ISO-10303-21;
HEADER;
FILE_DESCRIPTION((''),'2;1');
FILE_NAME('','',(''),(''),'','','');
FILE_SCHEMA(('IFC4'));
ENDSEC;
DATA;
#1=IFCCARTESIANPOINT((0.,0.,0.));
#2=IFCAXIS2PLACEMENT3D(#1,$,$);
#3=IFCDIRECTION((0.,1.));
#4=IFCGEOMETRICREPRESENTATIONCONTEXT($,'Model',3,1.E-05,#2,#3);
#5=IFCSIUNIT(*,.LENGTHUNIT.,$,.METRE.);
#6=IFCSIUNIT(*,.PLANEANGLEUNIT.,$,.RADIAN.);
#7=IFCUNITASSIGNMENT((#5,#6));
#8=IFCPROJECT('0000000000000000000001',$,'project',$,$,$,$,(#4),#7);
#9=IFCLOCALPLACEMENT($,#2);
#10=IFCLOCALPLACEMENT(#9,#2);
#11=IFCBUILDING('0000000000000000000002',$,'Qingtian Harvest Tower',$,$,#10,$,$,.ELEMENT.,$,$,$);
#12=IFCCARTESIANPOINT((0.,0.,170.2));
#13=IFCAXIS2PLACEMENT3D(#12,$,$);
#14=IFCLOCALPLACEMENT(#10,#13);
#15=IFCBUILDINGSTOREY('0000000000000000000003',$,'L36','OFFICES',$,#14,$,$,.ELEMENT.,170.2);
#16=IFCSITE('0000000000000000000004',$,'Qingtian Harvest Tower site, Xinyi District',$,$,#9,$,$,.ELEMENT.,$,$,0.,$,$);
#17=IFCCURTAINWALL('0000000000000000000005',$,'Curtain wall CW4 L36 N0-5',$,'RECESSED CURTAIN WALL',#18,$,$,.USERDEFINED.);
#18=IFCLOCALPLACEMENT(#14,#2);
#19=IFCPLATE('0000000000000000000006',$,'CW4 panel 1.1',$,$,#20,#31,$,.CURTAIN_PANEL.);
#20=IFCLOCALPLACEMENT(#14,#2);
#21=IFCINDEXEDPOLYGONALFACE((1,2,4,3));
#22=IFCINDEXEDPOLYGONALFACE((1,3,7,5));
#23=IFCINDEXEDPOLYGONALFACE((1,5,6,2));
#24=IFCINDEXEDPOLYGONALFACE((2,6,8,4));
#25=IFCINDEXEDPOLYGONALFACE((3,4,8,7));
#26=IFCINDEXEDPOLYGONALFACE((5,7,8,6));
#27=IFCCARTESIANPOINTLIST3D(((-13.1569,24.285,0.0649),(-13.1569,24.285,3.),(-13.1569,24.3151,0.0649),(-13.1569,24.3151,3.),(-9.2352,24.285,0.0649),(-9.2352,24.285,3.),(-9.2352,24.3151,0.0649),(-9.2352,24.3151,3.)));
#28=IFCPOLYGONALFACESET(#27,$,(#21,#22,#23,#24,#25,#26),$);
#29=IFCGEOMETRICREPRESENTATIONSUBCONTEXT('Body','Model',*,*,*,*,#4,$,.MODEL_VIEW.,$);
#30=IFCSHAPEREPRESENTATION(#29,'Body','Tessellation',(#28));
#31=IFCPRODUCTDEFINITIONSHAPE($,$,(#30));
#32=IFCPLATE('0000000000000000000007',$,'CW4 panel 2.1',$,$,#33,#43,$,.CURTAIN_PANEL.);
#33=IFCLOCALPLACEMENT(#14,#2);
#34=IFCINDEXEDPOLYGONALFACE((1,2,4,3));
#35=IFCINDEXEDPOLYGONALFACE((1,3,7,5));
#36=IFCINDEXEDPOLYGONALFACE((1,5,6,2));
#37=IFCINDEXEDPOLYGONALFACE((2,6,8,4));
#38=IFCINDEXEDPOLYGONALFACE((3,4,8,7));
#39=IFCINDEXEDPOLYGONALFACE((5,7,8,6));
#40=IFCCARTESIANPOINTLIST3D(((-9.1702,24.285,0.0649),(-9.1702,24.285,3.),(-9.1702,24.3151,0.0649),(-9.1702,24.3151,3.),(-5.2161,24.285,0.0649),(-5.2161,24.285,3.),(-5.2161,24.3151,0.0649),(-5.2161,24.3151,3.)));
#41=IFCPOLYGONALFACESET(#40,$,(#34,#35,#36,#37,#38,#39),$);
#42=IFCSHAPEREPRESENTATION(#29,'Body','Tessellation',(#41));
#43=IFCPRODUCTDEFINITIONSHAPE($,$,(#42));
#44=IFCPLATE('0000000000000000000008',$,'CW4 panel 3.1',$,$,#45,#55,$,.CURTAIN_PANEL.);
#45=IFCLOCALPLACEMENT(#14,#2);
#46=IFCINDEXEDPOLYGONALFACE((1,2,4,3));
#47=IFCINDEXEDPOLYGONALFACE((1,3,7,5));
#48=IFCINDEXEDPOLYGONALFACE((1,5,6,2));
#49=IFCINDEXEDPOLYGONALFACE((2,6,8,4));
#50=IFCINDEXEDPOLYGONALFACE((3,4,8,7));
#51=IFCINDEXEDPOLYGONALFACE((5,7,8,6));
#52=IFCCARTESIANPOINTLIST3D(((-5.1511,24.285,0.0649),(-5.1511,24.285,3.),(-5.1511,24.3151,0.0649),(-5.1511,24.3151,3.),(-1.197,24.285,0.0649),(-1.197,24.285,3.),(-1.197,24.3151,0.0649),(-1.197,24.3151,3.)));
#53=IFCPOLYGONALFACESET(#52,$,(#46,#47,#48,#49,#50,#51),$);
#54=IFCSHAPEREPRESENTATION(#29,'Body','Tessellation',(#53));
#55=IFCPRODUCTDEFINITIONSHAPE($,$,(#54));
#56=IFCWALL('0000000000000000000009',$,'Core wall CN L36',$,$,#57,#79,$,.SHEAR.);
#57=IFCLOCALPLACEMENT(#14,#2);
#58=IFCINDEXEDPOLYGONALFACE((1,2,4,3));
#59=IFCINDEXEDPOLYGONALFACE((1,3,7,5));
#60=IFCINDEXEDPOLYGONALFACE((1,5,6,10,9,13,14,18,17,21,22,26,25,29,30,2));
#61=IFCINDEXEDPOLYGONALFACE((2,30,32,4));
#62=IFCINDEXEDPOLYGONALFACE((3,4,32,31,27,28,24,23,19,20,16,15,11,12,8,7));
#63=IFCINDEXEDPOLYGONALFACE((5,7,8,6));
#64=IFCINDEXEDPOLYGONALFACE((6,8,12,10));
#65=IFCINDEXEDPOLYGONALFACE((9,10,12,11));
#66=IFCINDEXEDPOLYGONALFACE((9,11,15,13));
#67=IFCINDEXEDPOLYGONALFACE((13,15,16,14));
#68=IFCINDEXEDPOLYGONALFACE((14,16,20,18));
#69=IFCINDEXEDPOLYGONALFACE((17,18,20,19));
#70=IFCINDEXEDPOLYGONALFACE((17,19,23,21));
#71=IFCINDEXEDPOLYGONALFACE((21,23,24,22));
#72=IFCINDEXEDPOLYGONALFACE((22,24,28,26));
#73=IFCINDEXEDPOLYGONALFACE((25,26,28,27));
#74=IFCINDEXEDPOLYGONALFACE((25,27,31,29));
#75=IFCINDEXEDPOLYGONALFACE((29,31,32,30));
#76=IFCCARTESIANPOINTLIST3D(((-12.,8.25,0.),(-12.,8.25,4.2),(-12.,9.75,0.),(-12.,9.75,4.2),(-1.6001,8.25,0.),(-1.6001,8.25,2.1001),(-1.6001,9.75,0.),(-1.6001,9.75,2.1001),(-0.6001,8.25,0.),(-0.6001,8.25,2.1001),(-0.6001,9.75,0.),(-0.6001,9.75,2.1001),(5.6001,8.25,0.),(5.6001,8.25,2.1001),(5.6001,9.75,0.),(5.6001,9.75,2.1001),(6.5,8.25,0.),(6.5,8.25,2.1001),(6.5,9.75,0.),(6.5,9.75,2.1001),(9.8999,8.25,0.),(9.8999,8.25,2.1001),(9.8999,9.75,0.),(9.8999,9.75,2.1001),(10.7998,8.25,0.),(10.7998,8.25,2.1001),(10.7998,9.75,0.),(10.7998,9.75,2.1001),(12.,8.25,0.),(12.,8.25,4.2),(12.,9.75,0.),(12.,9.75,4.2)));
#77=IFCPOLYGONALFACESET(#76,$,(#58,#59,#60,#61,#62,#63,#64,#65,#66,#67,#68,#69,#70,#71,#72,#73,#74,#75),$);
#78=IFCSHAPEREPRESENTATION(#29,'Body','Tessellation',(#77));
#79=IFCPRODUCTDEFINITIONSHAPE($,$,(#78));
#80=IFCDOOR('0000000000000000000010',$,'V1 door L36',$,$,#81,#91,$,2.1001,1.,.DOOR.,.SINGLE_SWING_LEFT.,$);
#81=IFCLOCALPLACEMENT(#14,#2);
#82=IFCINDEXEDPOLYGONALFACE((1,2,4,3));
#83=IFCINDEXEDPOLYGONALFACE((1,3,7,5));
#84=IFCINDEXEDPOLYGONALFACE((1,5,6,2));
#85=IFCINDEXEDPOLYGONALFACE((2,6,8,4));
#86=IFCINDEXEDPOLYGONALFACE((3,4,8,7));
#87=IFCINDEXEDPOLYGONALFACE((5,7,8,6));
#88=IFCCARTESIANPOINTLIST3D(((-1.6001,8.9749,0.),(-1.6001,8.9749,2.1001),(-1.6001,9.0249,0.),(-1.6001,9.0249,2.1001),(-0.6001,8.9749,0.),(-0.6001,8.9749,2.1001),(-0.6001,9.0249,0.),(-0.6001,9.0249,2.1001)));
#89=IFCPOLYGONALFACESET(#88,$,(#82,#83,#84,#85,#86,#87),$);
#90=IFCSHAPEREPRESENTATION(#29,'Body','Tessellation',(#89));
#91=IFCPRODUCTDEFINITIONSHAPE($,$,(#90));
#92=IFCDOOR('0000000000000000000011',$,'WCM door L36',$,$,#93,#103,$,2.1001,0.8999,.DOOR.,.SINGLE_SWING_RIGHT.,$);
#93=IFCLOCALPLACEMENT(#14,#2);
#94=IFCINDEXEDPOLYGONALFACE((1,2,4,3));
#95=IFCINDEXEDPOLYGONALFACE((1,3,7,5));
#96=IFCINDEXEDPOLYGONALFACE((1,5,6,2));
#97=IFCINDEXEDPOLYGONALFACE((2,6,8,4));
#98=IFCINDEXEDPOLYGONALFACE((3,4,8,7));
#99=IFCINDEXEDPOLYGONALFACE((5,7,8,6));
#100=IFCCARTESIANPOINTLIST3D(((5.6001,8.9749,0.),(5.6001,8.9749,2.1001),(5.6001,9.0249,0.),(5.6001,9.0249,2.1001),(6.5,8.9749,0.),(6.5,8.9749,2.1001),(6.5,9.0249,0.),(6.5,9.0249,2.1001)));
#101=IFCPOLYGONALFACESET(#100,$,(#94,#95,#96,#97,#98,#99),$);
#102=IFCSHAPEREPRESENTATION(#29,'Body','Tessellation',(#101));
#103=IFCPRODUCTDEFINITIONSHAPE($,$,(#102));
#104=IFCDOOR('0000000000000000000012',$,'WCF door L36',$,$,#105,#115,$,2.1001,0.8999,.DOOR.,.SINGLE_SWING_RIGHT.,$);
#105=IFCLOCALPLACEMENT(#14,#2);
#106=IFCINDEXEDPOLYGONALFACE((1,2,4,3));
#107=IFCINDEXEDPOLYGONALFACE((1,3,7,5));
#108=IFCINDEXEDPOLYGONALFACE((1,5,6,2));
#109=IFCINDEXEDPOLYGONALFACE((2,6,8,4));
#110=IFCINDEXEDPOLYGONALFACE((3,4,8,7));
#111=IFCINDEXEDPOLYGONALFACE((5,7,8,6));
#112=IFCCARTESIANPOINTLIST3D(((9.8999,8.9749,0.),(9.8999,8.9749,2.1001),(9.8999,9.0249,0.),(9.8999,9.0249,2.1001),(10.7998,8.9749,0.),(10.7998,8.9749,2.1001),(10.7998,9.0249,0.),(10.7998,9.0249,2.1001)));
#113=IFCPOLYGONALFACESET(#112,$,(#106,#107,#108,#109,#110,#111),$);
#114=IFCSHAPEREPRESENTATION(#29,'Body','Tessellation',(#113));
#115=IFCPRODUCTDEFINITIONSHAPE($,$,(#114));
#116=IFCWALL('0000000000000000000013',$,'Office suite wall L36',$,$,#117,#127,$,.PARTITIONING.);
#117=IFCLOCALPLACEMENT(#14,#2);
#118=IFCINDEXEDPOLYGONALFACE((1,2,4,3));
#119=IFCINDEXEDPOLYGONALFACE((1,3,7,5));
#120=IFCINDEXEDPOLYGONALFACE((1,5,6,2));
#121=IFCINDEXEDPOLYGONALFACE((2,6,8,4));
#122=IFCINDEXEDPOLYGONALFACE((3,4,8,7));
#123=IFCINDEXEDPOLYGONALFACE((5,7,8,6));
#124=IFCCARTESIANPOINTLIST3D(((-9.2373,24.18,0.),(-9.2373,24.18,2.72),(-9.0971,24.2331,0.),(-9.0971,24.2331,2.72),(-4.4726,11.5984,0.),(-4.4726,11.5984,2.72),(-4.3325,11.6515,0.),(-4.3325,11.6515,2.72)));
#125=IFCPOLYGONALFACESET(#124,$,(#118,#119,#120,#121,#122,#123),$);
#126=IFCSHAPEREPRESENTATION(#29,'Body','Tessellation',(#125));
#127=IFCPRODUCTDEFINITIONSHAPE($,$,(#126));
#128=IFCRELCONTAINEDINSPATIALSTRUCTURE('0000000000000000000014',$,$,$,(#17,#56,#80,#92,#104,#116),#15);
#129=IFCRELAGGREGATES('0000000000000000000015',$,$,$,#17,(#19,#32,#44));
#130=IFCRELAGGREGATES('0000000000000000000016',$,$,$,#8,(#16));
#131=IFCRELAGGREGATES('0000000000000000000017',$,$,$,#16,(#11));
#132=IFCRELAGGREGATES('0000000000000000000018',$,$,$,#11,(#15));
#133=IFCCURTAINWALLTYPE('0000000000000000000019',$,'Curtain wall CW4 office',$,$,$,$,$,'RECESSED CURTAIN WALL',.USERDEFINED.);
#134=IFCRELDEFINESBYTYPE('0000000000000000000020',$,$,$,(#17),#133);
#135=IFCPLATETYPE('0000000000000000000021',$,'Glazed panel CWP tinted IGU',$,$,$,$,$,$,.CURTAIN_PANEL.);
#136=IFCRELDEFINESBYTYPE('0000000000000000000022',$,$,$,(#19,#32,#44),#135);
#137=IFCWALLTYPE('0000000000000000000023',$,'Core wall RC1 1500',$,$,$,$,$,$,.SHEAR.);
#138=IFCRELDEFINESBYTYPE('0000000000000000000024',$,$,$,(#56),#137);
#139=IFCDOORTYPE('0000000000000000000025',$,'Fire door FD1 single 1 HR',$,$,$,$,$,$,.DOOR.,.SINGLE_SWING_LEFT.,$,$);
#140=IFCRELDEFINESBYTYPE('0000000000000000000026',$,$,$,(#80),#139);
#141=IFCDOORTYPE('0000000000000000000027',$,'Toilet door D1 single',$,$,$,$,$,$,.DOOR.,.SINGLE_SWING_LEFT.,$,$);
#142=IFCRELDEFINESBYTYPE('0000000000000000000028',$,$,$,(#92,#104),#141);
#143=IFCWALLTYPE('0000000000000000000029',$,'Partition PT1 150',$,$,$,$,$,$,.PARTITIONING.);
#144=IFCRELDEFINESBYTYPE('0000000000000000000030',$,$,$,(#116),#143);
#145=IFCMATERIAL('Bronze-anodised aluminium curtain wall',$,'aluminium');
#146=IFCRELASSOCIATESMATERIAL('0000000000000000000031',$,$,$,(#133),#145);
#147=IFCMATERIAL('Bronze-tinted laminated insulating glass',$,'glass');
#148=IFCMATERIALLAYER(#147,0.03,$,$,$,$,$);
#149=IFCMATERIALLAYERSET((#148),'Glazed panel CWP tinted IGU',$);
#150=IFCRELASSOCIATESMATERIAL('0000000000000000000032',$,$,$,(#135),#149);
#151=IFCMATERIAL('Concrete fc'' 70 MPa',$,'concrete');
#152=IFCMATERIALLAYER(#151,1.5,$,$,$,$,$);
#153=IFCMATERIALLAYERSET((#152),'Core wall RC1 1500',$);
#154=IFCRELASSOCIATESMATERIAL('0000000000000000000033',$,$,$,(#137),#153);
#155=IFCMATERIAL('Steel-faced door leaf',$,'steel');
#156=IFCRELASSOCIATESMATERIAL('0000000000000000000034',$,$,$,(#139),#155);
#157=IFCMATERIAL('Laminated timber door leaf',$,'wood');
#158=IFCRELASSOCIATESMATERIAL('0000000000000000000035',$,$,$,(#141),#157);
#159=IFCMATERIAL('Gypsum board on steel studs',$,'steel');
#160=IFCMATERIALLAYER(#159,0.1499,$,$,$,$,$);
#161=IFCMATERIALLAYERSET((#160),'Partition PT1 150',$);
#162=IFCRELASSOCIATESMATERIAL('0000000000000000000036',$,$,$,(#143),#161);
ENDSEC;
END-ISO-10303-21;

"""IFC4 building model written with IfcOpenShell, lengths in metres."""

from ifc_helpers import new_model, si_unit, direction, frame, frame_2d, origin, origin_2d, place, context, subcontext, project, spatial, rectangle, extrude, material, layer, layer_set, type_object, element, fill, aggregate, save


model = new_model("IFC4")

# Units and contexts
model_context = context("Model", 3, precision=1e-05, world=origin(), true_north=direction((0.0, 1.0)))
body_context = subcontext(model_context, "Body", "Model", "MODEL_VIEW")
ifc_project = project(units=[si_unit("LENGTHUNIT", "METRE"), si_unit("PLANEANGLEUNIT", "RADIAN")], contexts=[model_context])

# Site, building, storey
site_placement = place(None, origin())
site = spatial("IfcSite", under=ifc_project, at=site_placement, Name="Qingtian Harvest Tower site, Xinyi District", CompositionType="ELEMENT", RefElevation=0.0)
building_placement = place(site_placement, origin())
building = spatial("IfcBuilding", under=site, at=building_placement, Name="Qingtian Harvest Tower", CompositionType="ELEMENT")
storey_placement = place(building_placement, frame((0.0, 0.0, 170.2)))
storey = spatial("IfcBuildingStorey", under=building, at=storey_placement, Name="L36", Description="OFFICES", CompositionType="ELEMENT", Elevation=170.2)

# Curtain wall
ifc_material_1 = material(Name="Bronze-anodised aluminium curtain wall", Category="aluminium")
curtain_wall_type = type_object("IfcCurtainWallType", Name="Curtain wall CW4 office", ElementType="RECESSED CURTAIN WALL", PredefinedType="USERDEFINED", material=ifc_material_1)
curtain_wall_1_placement = place(storey_placement, origin())
curtain_wall_1 = element("IfcCurtainWall", 1, at=curtain_wall_1_placement, inside=storey, type_object=curtain_wall_type, Name="Curtain wall CW4 L36 N0-5", ObjectType="RECESSED CURTAIN WALL", PredefinedType="USERDEFINED")

# Plates
ifc_material_2 = material(Name="Bronze-tinted laminated insulating glass", Category="glass")
ifc_layer_1 = layer(ifc_material_2, 0.03)
ifc_layer_set_1 = layer_set([ifc_layer_1], Name="Glazed panel CWP tinted IGU")
plate_type = type_object("IfcPlateType", Name="Glazed panel CWP tinted IGU", PredefinedType="CURTAIN_PANEL", material=ifc_layer_set_1)
plate_1_placement = place(storey_placement, frame((-11.196, 24.3, 0.0649), z_axis=(0.0, 0.0, 1.0), x_axis=(1.0, 0.0, 0.0)))
plate_1 = element("IfcPlate", 2, at=plate_1_placement, type_object=plate_type, Name="CW4 panel 1.1", PredefinedType="CURTAIN_PANEL", context=body_context, shape_type="SweptSolid", body=[
    extrude(rectangle(XDim=3.9216, YDim=0.03, at=origin_2d()), origin(), (0.0, 0.0, 1.0), 2.9351),
])
plate_2_placement = place(storey_placement, frame((-7.1931, 24.3, 0.0649), z_axis=(0.0, 0.0, 1.0), x_axis=(1.0, 0.0, 0.0)))
plate_2 = element("IfcPlate", 3, at=plate_2_placement, type_object=plate_type, Name="CW4 panel 2.1", PredefinedType="CURTAIN_PANEL", context=body_context, shape_type="SweptSolid", body=[
    extrude(rectangle(XDim=3.9541, YDim=0.03, at=origin_2d()), origin(), (0.0, 0.0, 1.0), 2.9351),
])
plate_3_placement = place(storey_placement, frame((-3.1741, 24.3, 0.0649), z_axis=(0.0, 0.0, 1.0), x_axis=(1.0, 0.0, 0.0)))
plate_3 = element("IfcPlate", 4, at=plate_3_placement, type_object=plate_type, Name="CW4 panel 3.1", PredefinedType="CURTAIN_PANEL", context=body_context, shape_type="SweptSolid", body=[
    extrude(rectangle(XDim=3.9541, YDim=0.03, at=origin_2d()), origin(), (0.0, 0.0, 1.0), 2.9351),
])
aggregate(curtain_wall_1, [plate_1, plate_2, plate_3])

# Wall, openings, doors
ifc_material_3 = material(Name="Concrete fc' 70 MPa", Category="concrete")
ifc_layer_2 = layer(ifc_material_3, 1.5)
ifc_layer_set_2 = layer_set([ifc_layer_2], Name="Core wall RC1 1500")
wall_type_1 = type_object("IfcWallType", Name="Core wall RC1 1500", PredefinedType="SHEAR", material=ifc_layer_set_2)
wall_1_placement = place(storey_placement, frame((-12.0, 9.0, 0.0), z_axis=(0.0, 0.0, 1.0), x_axis=(1.0, 0.0, 0.0)))
wall_1 = element("IfcWall", 5, at=wall_1_placement, inside=storey, type_object=wall_type_1, Name="Core wall CN L36", PredefinedType="SHEAR", context=body_context, shape_type="SweptSolid", body=[
    extrude(rectangle(XDim=24.0, YDim=1.5, at=frame_2d((12.0, 0.0))), origin(), (0.0, 0.0, 1.0), 4.2),
])
opening_1_placement = place(wall_1_placement, frame((10.3999, 0.0, 0.0)))
opening_1 = element("IfcOpeningElement", 6, at=opening_1_placement, cuts=wall_1, PredefinedType="OPENING", context=body_context, shape_type="SweptSolid", body=[
    extrude(rectangle(XDim=1.0, YDim=2.1001, at=frame_2d((0.5, 1.05))), frame((0.0, 0.76, 0.0), z_axis=(0.0, -1.0, 0.0), x_axis=(1.0, 0.0, 0.0)), (0.0, 0.0, 1.0), 1.52),
])
opening_2_placement = place(wall_1_placement, frame((17.6001, 0.0, 0.0)))
opening_2 = element("IfcOpeningElement", 7, at=opening_2_placement, cuts=wall_1, PredefinedType="OPENING", context=body_context, shape_type="SweptSolid", body=[
    extrude(rectangle(XDim=0.8999, YDim=2.1001, at=frame_2d((0.45, 1.05))), frame((0.0, 0.76, 0.0), z_axis=(0.0, -1.0, 0.0), x_axis=(1.0, 0.0, 0.0)), (0.0, 0.0, 1.0), 1.52),
])
opening_3_placement = place(wall_1_placement, frame((21.8999, 0.0, 0.0)))
opening_3 = element("IfcOpeningElement", 8, at=opening_3_placement, cuts=wall_1, PredefinedType="OPENING", context=body_context, shape_type="SweptSolid", body=[
    extrude(rectangle(XDim=0.8999, YDim=2.1001, at=frame_2d((0.45, 1.05))), frame((0.0, 0.76, 0.0), z_axis=(0.0, -1.0, 0.0), x_axis=(1.0, 0.0, 0.0)), (0.0, 0.0, 1.0), 1.52),
])
ifc_material_4 = material(Name="Steel-faced door leaf", Category="steel")
door_type_1 = type_object("IfcDoorType", Name="Fire door FD1 single 1 HR", OperationType="SINGLE_SWING_LEFT", PredefinedType="DOOR", material=ifc_material_4)
door_1_placement = place(opening_1_placement, origin())
door_1 = element("IfcDoor", 9, at=door_1_placement, inside=storey, type_object=door_type_1, Name="V1 door L36", OperationType="SINGLE_SWING_LEFT", OverallHeight=2.1001, OverallWidth=1.0, PredefinedType="DOOR", context=body_context, shape_type="SweptSolid", body=[
    extrude(rectangle(XDim=1.0, YDim=2.1001, at=frame_2d((0.5, 1.05))), frame((0.0, 0.0249, 0.0), z_axis=(0.0, -1.0, 0.0), x_axis=(1.0, 0.0, 0.0)), (0.0, 0.0, 1.0), 0.05),
])
fill(opening_1, door_1)
ifc_material_5 = material(Name="Laminated timber door leaf", Category="wood")
door_type_2 = type_object("IfcDoorType", Name="Toilet door D1 single", OperationType="SINGLE_SWING_LEFT", PredefinedType="DOOR", material=ifc_material_5)
door_2_placement = place(opening_2_placement, origin())
door_2 = element("IfcDoor", 10, at=door_2_placement, inside=storey, type_object=door_type_2, Name="WCM door L36", OperationType="SINGLE_SWING_RIGHT", OverallHeight=2.1001, OverallWidth=0.8999, PredefinedType="DOOR", context=body_context, shape_type="SweptSolid", body=[
    extrude(rectangle(XDim=0.8999, YDim=2.1001, at=frame_2d((0.45, 1.05))), frame((0.0, 0.0249, 0.0), z_axis=(0.0, -1.0, 0.0), x_axis=(1.0, 0.0, 0.0)), (0.0, 0.0, 1.0), 0.05),
])
fill(opening_2, door_2)
door_3_placement = place(opening_3_placement, origin())
door_3 = element("IfcDoor", 11, at=door_3_placement, inside=storey, type_object=door_type_2, Name="WCF door L36", OperationType="SINGLE_SWING_RIGHT", OverallHeight=2.1001, OverallWidth=0.8999, PredefinedType="DOOR", context=body_context, shape_type="SweptSolid", body=[
    extrude(rectangle(XDim=0.8999, YDim=2.1001, at=frame_2d((0.45, 1.05))), frame((0.0, 0.0249, 0.0), z_axis=(0.0, -1.0, 0.0), x_axis=(1.0, 0.0, 0.0)), (0.0, 0.0, 1.0), 0.05),
])
fill(opening_3, door_3)

# Wall
ifc_material_6 = material(Name="Gypsum board on steel studs", Category="steel")
ifc_layer_3 = layer(ifc_material_6, 0.1499)
ifc_layer_set_3 = layer_set([ifc_layer_3], Name="Partition PT1 150")
wall_type_2 = type_object("IfcWallType", Name="Partition PT1 150", PredefinedType="PARTITIONING", material=ifc_layer_set_3)
wall_2_placement = place(storey_placement, frame((-9.1672, 24.2065, 0.0), z_axis=(0.0, 0.0, 1.0), x_axis=(0.354156, -0.935186, 0.0)))
element("IfcWall", 12, at=wall_2_placement, inside=storey, type_object=wall_type_2, Name="Office suite wall L36", PredefinedType="PARTITIONING", context=body_context, shape_type="SweptSolid", body=[
    extrude(rectangle(XDim=13.4536, YDim=0.1499, at=frame_2d((6.7268, 0.0))), origin(), (0.0, 0.0, 1.0), 2.72),
])

save(model, "model.ifc")
